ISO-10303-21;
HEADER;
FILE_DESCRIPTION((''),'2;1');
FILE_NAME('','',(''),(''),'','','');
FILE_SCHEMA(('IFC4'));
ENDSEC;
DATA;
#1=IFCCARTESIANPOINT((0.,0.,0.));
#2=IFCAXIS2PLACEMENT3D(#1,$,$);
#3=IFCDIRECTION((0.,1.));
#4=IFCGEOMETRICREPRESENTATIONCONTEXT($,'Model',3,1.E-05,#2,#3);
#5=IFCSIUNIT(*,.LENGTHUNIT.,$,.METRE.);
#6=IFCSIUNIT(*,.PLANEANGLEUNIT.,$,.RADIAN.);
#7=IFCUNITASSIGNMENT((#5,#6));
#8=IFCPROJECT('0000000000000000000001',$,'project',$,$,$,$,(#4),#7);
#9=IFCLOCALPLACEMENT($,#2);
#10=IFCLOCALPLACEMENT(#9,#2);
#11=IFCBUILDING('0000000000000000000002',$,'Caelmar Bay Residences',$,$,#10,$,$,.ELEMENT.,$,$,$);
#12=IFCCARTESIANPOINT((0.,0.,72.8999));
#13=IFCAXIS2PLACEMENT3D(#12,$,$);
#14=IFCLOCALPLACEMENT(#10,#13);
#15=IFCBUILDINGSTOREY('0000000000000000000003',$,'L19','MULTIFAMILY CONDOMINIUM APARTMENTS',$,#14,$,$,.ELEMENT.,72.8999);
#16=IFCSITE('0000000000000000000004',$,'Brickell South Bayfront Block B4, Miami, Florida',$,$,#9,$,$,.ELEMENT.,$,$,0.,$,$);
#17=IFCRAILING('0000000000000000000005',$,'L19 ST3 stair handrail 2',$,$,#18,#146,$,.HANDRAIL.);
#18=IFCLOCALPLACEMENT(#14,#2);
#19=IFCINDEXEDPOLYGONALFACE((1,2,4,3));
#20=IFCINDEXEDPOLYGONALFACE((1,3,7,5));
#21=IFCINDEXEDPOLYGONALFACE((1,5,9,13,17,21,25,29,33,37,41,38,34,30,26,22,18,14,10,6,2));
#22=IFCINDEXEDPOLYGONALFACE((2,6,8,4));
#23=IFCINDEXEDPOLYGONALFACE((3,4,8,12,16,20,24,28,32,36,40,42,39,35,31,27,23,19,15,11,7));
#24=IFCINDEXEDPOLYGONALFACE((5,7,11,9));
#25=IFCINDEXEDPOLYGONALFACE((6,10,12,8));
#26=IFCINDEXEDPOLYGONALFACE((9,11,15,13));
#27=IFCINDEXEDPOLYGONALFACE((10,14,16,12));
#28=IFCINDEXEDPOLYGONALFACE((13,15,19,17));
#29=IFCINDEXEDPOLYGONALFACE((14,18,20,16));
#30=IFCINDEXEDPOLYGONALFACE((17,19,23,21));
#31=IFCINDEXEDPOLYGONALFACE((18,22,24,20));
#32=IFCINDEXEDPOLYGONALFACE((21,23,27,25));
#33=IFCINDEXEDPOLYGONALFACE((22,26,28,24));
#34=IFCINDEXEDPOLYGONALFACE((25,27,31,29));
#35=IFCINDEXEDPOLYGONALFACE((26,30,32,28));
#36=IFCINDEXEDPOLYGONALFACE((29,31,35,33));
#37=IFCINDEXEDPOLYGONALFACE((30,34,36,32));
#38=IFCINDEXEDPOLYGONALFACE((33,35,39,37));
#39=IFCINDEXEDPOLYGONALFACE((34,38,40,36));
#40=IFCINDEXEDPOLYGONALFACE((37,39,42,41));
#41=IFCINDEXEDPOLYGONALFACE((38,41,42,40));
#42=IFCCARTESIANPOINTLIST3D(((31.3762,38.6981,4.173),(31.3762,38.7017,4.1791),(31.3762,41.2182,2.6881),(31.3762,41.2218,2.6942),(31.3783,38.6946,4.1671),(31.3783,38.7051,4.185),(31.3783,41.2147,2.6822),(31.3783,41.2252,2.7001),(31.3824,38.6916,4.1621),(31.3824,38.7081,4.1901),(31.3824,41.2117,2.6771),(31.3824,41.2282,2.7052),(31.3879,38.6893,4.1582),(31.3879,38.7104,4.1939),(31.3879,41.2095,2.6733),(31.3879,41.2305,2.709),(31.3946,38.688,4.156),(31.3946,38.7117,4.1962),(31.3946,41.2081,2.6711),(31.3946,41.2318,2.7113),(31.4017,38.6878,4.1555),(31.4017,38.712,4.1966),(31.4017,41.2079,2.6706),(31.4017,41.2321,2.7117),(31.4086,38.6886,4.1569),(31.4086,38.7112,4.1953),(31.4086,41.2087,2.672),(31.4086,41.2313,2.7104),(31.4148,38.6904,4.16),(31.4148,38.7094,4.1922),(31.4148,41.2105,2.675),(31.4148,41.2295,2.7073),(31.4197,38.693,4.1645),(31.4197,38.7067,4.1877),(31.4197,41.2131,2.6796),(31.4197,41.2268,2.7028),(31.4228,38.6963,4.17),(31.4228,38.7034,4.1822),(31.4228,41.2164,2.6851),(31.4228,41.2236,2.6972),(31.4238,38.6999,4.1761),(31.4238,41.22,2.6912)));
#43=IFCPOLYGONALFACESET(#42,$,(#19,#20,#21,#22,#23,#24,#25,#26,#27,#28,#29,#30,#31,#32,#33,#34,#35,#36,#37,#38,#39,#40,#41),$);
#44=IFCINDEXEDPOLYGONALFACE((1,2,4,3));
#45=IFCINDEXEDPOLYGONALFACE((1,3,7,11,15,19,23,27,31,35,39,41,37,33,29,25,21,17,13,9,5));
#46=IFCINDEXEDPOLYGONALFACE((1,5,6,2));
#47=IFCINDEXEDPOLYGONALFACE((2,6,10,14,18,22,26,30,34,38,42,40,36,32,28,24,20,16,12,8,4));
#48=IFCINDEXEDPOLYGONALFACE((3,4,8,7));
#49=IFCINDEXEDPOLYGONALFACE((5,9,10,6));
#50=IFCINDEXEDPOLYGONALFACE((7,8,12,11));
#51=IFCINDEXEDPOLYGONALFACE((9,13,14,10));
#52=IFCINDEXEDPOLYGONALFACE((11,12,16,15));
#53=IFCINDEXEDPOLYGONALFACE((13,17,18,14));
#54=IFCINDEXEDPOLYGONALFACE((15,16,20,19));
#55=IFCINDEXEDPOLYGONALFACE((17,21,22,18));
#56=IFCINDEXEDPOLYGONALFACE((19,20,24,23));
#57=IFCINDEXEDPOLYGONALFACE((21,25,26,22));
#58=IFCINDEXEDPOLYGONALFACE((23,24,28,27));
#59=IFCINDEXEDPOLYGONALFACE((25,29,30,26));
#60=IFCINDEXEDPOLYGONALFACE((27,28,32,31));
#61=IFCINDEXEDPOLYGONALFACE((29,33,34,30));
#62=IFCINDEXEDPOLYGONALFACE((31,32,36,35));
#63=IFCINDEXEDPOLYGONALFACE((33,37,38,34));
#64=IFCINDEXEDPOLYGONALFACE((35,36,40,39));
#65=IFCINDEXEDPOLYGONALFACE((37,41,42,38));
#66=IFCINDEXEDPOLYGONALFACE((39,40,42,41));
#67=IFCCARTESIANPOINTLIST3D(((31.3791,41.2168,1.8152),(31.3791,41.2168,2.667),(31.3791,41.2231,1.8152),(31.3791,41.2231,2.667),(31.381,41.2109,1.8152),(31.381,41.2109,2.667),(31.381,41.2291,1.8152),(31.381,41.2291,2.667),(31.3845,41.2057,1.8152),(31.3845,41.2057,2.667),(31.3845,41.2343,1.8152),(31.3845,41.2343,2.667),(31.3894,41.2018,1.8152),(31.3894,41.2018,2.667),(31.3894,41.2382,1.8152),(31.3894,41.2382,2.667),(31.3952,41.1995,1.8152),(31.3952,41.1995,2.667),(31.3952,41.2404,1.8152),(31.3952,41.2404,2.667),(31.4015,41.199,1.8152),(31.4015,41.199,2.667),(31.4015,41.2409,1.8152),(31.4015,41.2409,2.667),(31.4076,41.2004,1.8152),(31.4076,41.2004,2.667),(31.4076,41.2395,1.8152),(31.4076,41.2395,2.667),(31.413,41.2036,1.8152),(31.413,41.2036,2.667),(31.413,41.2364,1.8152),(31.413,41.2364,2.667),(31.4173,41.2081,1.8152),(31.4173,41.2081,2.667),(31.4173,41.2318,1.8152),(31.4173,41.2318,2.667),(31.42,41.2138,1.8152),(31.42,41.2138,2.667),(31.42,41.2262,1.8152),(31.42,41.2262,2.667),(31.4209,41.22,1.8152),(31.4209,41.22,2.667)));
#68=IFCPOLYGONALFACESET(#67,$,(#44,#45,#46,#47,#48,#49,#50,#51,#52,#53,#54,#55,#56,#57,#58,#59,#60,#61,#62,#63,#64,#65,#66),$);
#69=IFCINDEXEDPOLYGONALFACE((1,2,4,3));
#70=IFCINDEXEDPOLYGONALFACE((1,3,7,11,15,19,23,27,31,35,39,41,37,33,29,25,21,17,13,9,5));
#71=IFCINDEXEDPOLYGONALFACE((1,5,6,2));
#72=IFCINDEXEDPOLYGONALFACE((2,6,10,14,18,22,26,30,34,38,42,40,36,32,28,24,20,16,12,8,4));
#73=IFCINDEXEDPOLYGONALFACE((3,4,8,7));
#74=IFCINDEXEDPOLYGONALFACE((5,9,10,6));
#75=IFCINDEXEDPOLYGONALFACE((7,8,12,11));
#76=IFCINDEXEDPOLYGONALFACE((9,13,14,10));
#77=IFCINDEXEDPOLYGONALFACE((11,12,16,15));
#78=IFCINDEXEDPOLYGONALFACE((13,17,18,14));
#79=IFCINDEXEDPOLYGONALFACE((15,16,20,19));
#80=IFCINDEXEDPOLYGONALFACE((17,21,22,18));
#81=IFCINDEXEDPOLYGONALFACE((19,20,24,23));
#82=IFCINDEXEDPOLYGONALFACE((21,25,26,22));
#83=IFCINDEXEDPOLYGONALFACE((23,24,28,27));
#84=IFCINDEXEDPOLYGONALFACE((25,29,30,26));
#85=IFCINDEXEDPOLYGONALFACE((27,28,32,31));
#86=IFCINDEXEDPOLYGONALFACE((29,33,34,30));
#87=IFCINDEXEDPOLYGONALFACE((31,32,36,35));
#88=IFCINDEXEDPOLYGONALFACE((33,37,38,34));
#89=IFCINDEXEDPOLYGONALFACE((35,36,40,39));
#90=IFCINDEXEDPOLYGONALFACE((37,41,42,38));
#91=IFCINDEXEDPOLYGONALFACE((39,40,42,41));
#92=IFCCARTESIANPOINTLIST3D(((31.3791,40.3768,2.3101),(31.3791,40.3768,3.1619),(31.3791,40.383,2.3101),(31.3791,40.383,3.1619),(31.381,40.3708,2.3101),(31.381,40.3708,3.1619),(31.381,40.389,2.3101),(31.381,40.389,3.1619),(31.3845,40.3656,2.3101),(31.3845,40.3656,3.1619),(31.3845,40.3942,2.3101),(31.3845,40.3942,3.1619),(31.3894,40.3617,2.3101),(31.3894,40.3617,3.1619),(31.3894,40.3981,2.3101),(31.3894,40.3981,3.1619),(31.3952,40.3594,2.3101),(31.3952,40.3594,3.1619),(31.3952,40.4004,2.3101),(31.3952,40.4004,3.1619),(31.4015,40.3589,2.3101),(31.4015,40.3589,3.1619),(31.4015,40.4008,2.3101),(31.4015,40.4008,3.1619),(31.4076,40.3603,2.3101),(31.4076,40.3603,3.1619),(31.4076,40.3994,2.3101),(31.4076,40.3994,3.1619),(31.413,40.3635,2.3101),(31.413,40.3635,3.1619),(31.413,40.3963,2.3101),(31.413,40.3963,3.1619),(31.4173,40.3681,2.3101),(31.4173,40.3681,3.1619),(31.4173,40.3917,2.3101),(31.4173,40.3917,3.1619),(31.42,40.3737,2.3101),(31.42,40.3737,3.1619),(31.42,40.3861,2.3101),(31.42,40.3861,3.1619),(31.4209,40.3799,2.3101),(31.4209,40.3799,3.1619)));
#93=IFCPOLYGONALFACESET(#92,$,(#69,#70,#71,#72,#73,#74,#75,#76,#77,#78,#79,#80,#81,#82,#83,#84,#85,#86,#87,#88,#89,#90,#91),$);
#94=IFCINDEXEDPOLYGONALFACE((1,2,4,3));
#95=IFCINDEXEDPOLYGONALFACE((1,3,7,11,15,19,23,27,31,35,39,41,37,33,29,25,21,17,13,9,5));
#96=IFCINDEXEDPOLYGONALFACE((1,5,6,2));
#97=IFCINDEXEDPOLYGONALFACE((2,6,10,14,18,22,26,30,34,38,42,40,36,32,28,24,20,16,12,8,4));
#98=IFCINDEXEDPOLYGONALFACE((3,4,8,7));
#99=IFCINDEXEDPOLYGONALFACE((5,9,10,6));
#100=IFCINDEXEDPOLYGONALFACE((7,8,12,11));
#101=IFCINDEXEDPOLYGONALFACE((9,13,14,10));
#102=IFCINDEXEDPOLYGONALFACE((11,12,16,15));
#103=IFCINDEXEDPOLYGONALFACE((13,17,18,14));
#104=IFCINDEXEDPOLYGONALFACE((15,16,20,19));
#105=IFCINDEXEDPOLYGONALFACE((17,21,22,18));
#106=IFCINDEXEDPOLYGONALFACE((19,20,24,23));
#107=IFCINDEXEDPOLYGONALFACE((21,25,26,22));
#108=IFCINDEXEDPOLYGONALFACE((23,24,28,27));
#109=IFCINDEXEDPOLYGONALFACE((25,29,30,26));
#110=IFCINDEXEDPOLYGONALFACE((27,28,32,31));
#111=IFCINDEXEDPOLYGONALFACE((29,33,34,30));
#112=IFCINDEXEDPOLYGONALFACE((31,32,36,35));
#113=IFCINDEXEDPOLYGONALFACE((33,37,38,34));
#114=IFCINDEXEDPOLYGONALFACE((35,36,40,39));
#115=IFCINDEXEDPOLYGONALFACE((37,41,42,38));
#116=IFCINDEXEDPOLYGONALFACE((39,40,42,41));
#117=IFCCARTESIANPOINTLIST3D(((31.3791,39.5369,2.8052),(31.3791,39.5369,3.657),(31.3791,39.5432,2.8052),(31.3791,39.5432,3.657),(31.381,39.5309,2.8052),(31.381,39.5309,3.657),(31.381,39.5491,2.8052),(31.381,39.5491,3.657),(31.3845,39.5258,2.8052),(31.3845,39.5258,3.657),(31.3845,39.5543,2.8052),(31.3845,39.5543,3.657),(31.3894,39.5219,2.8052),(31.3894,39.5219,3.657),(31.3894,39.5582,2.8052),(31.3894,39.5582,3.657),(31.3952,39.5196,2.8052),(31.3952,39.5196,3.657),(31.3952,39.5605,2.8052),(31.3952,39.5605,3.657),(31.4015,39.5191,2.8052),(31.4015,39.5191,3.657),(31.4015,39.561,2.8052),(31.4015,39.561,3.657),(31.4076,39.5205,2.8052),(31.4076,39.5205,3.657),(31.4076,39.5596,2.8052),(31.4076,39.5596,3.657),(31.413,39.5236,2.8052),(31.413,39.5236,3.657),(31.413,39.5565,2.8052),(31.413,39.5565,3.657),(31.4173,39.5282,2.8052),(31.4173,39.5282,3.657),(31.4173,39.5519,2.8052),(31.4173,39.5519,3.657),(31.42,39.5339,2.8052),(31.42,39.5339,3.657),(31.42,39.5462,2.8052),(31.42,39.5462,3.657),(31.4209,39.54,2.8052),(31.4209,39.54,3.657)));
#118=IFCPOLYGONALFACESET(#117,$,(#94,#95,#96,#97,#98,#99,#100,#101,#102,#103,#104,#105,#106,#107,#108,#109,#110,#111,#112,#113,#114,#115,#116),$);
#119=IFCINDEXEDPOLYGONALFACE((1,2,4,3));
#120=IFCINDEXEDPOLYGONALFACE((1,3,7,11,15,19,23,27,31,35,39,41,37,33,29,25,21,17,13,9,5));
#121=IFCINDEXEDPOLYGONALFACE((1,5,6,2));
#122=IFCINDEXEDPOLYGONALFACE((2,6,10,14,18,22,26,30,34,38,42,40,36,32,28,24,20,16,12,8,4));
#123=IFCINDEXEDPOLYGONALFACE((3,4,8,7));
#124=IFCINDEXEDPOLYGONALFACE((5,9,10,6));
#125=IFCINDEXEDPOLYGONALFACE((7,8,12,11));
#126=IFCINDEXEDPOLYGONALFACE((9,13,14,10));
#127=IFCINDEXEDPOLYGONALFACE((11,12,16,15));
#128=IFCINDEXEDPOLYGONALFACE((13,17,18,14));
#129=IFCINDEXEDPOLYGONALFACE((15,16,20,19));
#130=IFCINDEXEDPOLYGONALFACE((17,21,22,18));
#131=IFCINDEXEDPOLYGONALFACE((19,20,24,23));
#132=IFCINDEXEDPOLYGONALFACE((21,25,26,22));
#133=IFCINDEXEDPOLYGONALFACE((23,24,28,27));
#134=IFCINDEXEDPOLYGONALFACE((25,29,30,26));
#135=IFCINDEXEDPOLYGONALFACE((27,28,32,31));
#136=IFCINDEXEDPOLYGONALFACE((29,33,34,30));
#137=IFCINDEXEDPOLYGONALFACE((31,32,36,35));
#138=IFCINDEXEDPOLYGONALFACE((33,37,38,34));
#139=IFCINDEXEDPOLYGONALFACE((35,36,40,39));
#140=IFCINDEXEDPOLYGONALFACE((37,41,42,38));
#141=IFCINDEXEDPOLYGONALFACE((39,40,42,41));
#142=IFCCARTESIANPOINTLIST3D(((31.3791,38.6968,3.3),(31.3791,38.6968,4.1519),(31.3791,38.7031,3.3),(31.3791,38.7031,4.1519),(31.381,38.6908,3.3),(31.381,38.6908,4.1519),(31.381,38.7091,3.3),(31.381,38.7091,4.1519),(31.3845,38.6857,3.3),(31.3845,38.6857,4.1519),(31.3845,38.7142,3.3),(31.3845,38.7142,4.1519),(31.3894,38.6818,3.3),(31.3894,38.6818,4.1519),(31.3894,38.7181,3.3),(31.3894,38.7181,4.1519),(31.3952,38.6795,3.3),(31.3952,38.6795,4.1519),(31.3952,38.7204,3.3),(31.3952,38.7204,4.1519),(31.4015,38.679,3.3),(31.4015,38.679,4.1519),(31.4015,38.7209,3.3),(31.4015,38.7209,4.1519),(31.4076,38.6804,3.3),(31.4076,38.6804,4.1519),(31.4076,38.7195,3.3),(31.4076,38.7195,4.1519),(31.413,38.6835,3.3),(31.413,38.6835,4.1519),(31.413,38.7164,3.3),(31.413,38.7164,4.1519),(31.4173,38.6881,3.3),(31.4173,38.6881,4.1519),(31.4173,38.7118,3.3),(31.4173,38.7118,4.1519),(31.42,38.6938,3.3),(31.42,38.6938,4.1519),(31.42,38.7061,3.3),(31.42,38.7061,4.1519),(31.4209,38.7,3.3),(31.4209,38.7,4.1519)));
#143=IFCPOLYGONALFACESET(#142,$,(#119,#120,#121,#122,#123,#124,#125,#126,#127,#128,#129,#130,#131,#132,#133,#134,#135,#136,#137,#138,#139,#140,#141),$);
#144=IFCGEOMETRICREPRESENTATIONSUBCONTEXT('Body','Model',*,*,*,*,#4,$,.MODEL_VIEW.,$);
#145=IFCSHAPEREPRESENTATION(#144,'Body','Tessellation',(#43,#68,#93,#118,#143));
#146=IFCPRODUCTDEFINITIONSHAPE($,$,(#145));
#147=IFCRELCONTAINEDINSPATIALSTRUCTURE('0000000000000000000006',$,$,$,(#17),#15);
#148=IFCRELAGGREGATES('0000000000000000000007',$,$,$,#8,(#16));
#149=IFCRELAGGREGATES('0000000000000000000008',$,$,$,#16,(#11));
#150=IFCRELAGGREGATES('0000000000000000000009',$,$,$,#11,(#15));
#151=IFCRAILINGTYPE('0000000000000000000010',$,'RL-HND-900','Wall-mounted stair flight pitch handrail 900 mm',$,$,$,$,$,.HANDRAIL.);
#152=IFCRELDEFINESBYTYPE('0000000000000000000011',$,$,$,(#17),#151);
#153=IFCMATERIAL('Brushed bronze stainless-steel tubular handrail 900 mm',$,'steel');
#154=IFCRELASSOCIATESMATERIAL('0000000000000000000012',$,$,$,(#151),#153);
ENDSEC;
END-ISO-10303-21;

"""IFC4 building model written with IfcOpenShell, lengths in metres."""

from ifc_helpers import new_model, si_unit, direction, frame, origin, origin_2d, place, context, subcontext, project, spatial, circle, extrude, material, type_object, element, save


model = new_model("IFC4")

# Units and contexts
model_context = context("Model", 3, precision=1e-05, world=origin(), true_north=direction((0.0, 1.0)))
body_context = subcontext(model_context, "Body", "Model", "MODEL_VIEW")
ifc_project = project(units=[si_unit("LENGTHUNIT", "METRE"), si_unit("PLANEANGLEUNIT", "RADIAN")], contexts=[model_context])

# Site, building, storey
site_placement = place(None, origin())
site = spatial("IfcSite", under=ifc_project, at=site_placement, Name="Brickell South Bayfront Block B4, Miami, Florida", CompositionType="ELEMENT", RefElevation=0.0)
building_placement = place(site_placement, origin())
building = spatial("IfcBuilding", under=site, at=building_placement, Name="Caelmar Bay Residences", CompositionType="ELEMENT")
storey_placement = place(building_placement, frame((0.0, 0.0, 72.8999)))
storey = spatial("IfcBuildingStorey", under=building, at=storey_placement, Name="L19", Description="MULTIFAMILY CONDOMINIUM APARTMENTS", CompositionType="ELEMENT", Elevation=72.8999)

# Railing
ifc_material_1 = material(Name="Brushed bronze stainless-steel tubular handrail 900 mm", Category="steel")
railing_type_1 = type_object("IfcRailingType", Name="RL-HND-900", Description="Wall-mounted stair flight pitch handrail 900 mm", PredefinedType="HANDRAIL", material=ifc_material_1)
railing_1_placement = place(storey_placement, frame((31.3999, 41.22, 1.8152)))
element("IfcRailing", 1, at=railing_1_placement, inside=storey, type_object=railing_type_1, Name="L19 ST3 stair handrail 2", PredefinedType="HANDRAIL", context=body_context, shape_type="SweptSolid", body=[
    extrude(circle(Radius=0.0239, at=origin_2d()), frame((0.0, 0.0, 0.876), z_axis=(0.0, -0.861561, 0.507655), x_axis=(1.0, 0.0, 0.0)), (0.0, 0.0, 1.0), 2.925),
    extrude(circle(Radius=0.021, at=origin_2d()), origin(), (0.0, 0.0, 1.0), 0.8518),
    extrude(circle(Radius=0.021, at=origin_2d()), frame((0.0, -0.8401, 0.4949)), (0.0, 0.0, 1.0), 0.8518),
    extrude(circle(Radius=0.021, at=origin_2d()), frame((0.0, -1.6799, 0.99)), (0.0, 0.0, 1.0), 0.8518),
    extrude(circle(Radius=0.021, at=origin_2d()), frame((0.0, -2.52, 1.4849)), (0.0, 0.0, 1.0), 0.8518),
])

save(model, "model.ifc")
